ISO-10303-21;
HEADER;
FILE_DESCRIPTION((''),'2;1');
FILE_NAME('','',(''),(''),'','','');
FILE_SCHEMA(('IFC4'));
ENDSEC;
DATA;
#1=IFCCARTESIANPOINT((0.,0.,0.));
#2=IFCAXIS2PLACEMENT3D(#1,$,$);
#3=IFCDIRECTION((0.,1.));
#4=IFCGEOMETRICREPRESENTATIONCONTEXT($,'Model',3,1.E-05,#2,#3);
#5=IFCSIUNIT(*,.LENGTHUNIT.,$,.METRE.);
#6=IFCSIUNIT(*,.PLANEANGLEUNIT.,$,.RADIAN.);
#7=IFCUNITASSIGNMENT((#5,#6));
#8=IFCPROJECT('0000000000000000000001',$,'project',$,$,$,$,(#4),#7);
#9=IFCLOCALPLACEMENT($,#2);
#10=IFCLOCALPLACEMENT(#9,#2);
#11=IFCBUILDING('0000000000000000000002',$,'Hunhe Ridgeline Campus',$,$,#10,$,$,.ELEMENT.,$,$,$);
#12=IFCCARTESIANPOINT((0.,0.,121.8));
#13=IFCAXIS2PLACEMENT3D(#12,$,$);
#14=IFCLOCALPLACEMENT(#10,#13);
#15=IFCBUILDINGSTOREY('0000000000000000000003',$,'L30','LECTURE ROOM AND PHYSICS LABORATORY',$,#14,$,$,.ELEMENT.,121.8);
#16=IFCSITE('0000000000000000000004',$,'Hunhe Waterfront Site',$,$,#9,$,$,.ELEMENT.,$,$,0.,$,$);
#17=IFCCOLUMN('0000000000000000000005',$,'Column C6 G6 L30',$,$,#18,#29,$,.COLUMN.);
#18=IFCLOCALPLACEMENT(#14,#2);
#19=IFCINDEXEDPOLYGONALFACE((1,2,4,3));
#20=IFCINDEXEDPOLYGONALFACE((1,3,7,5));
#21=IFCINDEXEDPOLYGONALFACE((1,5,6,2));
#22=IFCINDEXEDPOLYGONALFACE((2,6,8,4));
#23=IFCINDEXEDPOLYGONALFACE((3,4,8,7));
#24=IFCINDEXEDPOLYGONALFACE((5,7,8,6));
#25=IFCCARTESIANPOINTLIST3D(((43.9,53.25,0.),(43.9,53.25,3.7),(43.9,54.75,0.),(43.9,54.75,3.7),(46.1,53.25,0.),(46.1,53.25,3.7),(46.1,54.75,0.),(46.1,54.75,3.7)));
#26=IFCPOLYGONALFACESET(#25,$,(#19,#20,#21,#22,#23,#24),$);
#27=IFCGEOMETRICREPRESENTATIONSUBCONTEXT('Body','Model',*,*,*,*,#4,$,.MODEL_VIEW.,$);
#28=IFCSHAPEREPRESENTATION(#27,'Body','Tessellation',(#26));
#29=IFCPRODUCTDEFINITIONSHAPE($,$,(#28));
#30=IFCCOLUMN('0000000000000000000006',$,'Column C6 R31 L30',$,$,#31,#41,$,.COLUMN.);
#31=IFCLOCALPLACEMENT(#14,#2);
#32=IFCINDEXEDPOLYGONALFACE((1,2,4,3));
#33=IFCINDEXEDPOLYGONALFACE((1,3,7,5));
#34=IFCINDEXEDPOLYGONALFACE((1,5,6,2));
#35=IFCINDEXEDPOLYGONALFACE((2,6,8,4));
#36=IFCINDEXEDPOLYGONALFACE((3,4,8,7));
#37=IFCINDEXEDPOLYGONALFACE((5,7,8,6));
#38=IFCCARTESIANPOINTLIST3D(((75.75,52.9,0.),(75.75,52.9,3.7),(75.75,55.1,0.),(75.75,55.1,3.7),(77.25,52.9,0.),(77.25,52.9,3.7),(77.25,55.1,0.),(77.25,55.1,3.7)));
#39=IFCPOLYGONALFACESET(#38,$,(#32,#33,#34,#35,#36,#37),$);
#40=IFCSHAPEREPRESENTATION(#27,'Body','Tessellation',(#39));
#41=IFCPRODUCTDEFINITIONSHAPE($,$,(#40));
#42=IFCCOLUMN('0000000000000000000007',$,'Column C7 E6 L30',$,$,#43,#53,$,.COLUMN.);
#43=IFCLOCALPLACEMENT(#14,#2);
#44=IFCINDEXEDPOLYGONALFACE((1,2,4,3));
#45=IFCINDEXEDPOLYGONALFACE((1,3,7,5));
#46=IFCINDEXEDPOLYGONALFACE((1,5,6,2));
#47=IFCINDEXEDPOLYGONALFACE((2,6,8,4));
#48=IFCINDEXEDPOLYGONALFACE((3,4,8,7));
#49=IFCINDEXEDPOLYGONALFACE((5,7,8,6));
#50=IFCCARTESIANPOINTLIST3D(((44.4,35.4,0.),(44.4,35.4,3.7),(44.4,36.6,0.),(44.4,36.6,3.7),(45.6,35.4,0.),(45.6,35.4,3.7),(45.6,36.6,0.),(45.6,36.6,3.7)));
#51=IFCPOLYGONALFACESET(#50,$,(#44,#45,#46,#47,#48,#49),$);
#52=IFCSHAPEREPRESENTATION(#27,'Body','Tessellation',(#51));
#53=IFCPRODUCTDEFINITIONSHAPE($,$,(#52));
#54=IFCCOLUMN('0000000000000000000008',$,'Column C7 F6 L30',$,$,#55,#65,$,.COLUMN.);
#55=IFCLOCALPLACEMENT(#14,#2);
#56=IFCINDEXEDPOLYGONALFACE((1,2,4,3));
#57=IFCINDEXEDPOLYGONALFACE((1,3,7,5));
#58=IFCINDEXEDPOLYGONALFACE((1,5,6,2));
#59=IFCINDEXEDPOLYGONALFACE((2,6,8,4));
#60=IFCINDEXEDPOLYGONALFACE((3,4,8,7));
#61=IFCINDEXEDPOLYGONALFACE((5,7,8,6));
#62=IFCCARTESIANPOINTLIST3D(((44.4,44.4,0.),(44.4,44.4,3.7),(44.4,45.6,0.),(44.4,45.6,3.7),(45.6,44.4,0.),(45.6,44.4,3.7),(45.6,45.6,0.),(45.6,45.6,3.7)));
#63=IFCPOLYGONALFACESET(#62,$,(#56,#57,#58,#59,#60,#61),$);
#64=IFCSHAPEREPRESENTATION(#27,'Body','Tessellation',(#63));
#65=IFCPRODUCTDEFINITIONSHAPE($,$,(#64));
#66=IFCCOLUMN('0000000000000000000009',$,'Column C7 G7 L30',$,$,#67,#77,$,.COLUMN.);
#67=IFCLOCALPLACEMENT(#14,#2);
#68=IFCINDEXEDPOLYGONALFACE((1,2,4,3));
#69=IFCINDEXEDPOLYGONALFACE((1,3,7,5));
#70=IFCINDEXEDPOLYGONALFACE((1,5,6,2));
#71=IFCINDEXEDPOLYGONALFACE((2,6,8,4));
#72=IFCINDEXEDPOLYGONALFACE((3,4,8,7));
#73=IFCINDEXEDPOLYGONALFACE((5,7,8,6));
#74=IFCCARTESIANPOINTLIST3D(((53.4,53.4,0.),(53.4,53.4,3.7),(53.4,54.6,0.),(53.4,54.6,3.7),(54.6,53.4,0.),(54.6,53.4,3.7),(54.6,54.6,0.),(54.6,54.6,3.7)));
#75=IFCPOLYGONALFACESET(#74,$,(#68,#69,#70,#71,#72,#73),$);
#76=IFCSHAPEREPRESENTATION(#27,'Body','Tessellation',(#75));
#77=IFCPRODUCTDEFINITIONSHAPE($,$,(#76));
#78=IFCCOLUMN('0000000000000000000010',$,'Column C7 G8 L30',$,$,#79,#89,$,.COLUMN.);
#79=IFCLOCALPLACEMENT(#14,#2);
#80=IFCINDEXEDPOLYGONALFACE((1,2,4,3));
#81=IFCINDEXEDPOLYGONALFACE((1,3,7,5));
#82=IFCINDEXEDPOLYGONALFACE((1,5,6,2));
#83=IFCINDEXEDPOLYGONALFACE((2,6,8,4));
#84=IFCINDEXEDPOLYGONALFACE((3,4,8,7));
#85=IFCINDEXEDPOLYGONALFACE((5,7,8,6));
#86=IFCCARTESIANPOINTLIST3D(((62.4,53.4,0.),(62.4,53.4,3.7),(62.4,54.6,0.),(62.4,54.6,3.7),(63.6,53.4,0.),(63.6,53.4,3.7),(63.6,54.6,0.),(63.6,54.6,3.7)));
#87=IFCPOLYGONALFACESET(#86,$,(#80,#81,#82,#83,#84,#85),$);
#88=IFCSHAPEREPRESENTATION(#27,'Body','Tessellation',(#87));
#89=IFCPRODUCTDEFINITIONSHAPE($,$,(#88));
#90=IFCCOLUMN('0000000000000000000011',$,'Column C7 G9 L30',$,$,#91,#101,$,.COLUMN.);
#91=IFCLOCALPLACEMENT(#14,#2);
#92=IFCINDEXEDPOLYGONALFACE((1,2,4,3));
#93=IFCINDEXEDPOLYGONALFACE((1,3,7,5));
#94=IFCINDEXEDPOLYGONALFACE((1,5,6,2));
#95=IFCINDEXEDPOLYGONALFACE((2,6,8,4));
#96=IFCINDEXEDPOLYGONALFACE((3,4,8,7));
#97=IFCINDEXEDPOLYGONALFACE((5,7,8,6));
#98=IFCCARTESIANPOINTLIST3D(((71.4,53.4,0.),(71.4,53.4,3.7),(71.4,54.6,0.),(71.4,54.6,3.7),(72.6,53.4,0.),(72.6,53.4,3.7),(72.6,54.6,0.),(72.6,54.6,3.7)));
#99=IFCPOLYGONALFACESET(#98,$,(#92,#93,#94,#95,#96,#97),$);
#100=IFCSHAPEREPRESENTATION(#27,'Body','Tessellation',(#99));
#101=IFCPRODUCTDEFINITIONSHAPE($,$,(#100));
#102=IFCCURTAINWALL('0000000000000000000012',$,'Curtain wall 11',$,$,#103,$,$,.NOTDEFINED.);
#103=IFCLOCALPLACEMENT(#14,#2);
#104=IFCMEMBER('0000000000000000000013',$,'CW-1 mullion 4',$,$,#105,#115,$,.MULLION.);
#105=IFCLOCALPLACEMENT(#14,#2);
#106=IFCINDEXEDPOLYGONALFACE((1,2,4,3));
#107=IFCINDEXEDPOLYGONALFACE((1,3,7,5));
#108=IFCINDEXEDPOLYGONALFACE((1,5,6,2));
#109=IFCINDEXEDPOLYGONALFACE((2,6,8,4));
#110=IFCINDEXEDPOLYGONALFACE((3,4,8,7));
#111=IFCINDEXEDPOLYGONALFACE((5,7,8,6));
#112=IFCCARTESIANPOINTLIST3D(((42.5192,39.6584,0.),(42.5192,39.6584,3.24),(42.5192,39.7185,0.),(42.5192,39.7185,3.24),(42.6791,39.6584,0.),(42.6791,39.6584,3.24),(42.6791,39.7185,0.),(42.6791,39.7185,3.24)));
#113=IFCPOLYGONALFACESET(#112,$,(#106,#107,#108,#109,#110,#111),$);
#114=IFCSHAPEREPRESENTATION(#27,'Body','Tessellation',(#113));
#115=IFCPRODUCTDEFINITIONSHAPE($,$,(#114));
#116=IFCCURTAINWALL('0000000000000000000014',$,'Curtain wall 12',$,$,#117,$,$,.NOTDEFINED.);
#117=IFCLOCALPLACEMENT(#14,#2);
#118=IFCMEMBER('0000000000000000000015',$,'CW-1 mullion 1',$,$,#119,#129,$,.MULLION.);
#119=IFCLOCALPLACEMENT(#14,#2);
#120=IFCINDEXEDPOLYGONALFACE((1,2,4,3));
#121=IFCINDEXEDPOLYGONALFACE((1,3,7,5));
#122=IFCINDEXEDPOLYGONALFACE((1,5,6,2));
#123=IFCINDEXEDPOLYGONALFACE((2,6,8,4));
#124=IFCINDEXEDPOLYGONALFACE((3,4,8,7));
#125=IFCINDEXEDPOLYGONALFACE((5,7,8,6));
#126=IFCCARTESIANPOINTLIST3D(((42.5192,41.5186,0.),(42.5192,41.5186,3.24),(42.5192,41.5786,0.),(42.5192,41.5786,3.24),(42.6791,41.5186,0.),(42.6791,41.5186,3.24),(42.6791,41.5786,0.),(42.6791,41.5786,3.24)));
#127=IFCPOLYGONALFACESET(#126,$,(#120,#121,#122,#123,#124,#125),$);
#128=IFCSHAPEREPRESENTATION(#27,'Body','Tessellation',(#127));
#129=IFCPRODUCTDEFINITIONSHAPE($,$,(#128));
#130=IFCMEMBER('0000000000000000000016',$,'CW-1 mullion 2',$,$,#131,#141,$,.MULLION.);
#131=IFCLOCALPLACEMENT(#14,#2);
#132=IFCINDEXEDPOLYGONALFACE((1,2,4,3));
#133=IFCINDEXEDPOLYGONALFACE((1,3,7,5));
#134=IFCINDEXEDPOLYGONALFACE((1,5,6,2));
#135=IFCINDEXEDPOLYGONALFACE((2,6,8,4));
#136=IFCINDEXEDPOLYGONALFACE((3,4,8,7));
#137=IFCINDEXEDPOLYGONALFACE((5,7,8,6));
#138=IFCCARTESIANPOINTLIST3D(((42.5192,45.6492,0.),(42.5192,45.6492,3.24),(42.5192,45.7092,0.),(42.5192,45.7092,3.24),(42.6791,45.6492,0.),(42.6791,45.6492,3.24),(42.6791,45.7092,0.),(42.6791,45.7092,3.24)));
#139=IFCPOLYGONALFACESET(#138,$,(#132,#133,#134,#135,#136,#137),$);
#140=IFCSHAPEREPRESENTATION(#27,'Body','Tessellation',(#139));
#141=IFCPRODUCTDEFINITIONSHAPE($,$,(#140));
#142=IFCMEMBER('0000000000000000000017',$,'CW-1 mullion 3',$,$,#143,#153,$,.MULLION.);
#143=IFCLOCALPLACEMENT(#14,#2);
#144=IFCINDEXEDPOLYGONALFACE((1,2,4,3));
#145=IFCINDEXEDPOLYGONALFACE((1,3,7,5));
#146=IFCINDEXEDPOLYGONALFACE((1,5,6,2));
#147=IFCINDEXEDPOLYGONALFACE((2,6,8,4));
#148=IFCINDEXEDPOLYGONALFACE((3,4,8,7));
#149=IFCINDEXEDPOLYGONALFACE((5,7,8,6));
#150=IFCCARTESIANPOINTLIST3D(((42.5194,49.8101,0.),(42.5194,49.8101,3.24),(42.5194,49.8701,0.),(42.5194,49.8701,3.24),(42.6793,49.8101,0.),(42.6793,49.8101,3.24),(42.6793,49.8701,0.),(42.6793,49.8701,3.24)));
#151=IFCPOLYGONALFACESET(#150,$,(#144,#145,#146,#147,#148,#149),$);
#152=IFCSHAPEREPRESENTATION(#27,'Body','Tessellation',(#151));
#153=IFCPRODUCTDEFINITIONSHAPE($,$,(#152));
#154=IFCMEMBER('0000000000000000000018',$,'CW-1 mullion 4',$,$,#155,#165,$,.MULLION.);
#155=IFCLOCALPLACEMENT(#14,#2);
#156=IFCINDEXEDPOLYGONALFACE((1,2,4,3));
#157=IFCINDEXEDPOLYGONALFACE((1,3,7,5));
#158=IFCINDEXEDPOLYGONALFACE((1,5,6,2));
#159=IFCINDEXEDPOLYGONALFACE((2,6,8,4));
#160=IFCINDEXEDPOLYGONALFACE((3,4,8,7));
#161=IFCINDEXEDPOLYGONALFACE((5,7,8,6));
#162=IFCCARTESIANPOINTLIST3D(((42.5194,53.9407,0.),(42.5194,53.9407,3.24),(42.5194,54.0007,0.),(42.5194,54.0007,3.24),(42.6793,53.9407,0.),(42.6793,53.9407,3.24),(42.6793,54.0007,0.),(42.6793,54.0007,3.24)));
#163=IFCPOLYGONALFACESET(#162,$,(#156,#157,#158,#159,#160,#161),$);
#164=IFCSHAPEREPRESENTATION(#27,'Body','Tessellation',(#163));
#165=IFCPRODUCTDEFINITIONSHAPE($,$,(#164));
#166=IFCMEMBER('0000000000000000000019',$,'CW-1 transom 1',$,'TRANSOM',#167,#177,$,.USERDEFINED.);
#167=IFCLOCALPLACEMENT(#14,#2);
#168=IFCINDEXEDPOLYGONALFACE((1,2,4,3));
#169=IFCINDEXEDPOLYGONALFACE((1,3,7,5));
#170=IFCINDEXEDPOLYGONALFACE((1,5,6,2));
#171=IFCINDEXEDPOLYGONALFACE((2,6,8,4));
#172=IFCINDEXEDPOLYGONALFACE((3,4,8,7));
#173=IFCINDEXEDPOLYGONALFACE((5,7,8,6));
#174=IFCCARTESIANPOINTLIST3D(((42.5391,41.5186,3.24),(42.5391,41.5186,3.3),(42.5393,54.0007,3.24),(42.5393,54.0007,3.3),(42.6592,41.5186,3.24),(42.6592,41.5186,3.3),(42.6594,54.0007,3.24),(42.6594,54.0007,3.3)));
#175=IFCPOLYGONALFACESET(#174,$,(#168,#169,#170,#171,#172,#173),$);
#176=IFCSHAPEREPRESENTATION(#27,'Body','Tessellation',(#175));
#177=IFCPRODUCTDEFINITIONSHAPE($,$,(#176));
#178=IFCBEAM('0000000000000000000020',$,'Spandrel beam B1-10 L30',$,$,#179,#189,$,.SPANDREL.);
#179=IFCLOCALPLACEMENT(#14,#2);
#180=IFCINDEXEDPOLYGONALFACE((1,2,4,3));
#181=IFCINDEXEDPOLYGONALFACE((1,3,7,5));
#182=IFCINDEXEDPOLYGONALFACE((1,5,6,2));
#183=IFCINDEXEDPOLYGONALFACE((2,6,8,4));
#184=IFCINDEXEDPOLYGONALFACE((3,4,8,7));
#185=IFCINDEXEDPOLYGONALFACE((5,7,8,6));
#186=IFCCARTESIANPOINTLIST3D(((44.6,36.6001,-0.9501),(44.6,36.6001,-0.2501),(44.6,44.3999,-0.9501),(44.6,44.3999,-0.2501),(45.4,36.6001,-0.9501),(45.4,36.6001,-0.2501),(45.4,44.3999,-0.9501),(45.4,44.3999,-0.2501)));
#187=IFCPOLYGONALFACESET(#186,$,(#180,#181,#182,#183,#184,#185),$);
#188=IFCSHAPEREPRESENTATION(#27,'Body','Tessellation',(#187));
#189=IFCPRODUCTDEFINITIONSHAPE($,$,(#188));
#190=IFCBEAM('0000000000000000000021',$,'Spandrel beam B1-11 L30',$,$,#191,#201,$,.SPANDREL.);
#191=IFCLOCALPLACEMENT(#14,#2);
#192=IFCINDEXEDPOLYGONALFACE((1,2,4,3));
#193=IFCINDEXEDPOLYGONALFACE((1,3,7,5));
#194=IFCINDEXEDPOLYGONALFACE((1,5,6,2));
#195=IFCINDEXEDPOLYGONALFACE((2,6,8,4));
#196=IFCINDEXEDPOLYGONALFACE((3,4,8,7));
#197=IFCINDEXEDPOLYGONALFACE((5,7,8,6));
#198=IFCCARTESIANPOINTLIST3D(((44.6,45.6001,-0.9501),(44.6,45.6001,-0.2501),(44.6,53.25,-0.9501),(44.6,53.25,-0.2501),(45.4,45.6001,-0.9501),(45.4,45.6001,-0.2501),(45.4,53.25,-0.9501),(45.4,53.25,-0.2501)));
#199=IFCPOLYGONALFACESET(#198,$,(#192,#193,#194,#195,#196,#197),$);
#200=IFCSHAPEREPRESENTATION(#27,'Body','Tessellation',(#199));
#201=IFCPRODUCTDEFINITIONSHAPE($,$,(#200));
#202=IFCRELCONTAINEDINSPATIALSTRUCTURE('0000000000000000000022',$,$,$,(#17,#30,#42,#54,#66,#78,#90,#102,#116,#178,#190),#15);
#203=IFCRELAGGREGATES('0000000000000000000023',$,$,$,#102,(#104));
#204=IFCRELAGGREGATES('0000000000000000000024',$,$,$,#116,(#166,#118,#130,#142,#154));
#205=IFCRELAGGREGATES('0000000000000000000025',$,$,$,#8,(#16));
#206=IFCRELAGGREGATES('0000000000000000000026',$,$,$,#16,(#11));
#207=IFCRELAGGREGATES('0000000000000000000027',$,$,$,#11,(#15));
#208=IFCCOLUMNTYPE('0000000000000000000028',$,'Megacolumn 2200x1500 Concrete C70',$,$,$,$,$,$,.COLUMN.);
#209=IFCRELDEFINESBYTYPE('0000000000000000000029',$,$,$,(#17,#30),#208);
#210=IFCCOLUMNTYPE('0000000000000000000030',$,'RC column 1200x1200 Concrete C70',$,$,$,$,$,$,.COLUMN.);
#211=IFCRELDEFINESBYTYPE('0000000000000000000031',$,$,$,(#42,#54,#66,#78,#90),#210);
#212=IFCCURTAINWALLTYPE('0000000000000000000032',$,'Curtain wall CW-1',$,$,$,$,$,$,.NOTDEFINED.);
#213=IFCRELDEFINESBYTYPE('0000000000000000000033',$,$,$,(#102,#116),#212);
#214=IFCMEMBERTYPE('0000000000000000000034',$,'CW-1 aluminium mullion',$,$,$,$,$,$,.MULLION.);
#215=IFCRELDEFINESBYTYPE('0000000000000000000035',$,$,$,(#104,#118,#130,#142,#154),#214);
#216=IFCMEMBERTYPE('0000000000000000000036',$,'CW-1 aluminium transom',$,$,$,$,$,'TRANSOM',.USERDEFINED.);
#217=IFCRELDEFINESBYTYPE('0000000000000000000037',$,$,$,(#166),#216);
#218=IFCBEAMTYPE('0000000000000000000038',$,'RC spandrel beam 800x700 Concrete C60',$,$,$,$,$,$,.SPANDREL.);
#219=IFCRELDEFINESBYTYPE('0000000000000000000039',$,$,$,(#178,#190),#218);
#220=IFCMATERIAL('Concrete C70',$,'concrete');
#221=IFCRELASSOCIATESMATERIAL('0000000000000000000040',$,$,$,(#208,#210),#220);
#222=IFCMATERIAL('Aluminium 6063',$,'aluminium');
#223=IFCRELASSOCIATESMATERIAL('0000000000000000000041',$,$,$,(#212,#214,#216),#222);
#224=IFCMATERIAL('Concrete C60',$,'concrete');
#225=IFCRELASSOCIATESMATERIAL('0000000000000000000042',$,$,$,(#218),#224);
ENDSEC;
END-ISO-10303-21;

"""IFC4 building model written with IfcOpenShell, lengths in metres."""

from ifc_helpers import new_model, si_unit, direction, frame, origin, origin_2d, place, context, subcontext, project, spatial, rectangle, extrude, material, material_profile, profile_set, type_object, element, aggregate, save


model = new_model("IFC4")

# Units and contexts
model_context = context("Model", 3, precision=1e-05, world=origin(), true_north=direction((0.0, 1.0)))
body_context = subcontext(model_context, "Body", "Model", "MODEL_VIEW")
ifc_project = project(units=[si_unit("LENGTHUNIT", "METRE"), si_unit("PLANEANGLEUNIT", "RADIAN")], contexts=[model_context])

# Site, building, storey
site_placement = place(None, origin())
site = spatial("IfcSite", under=ifc_project, at=site_placement, Name="Hunhe Waterfront Site", CompositionType="ELEMENT", RefElevation=0.0)
building_placement = place(site_placement, origin())
building = spatial("IfcBuilding", under=site, at=building_placement, Name="Hunhe Ridgeline Campus", CompositionType="ELEMENT")
storey_placement = place(building_placement, frame((0.0, 0.0, 121.8)))
storey = spatial("IfcBuildingStorey", under=building, at=storey_placement, Name="L30", Description="LECTURE ROOM AND PHYSICS LABORATORY", CompositionType="ELEMENT", Elevation=121.8)

# Columns
ifc_material_1 = material(Name="Concrete C70", Category="concrete")
ifc_material_profile_1 = material_profile(ifc_material_1, rectangle(XDim=2.2, YDim=1.5, at=origin_2d()))
ifc_profile_set_1 = profile_set([ifc_material_profile_1], Name="Concrete C70")
column_type_1 = type_object("IfcColumnType", Name="Megacolumn 2200x1500 Concrete C70", PredefinedType="COLUMN", material=ifc_profile_set_1)
for number, where, z_axis, x_axis, name in (
    (1, (45.0, 54.0, 0.0), (0.0, 0.0, 1.0), (1.0, 0.0, 0.0), "Column C6 G6 L30"),
    (2, (76.5, 54.0, 0.0), (0.0, 0.0, 1.0), (0.0, 1.0, 0.0), "Column C6 R31 L30"),
):
    element("IfcColumn", number, at=place(storey_placement, frame(where, z_axis=z_axis, x_axis=x_axis)), inside=storey, type_object=column_type_1, Name=name, PredefinedType="COLUMN", context=body_context, shape_type="SweptSolid", body=[
        extrude(rectangle(XDim=2.2, YDim=1.5, at=origin_2d()), origin(), (0.0, 0.0, 1.0), 3.7),
    ])
ifc_material_profile_2 = material_profile(ifc_material_1, rectangle(XDim=1.2, YDim=1.2, at=origin_2d()))
ifc_profile_set_2 = profile_set([ifc_material_profile_2], Name="Concrete C70")
column_type_2 = type_object("IfcColumnType", Name="RC column 1200x1200 Concrete C70", PredefinedType="COLUMN", material=ifc_profile_set_2)
for number, where, z_axis, x_axis, name in (
    (3, (45.0, 36.0, 0.0), (0.0, 0.0, 1.0), (1.0, 0.0, 0.0), "Column C7 E6 L30"),
    (4, (45.0, 45.0, 0.0), (0.0, 0.0, 1.0), (1.0, 0.0, 0.0), "Column C7 F6 L30"),
    (5, (54.0, 54.0, 0.0), (0.0, 0.0, 1.0), (1.0, 0.0, 0.0), "Column C7 G7 L30"),
    (6, (63.0, 54.0, 0.0), (0.0, 0.0, 1.0), (1.0, 0.0, 0.0), "Column C7 G8 L30"),
    (7, (72.0, 54.0, 0.0), (0.0, 0.0, 1.0), (1.0, 0.0, 0.0), "Column C7 G9 L30"),
):
    element("IfcColumn", number, at=place(storey_placement, frame(where, z_axis=z_axis, x_axis=x_axis)), inside=storey, type_object=column_type_2, Name=name, PredefinedType="COLUMN", context=body_context, shape_type="SweptSolid", body=[
        extrude(rectangle(XDim=1.2, YDim=1.2, at=origin_2d()), origin(), (0.0, 0.0, 1.0), 3.7),
    ])

# Curtain wall, member
ifc_material_2 = material(Name="Aluminium 6063", Category="aluminium")
curtain_wall_type = type_object("IfcCurtainWallType", Name="Curtain wall CW-1", PredefinedType="NOTDEFINED", material=ifc_material_2)
curtain_wall_1_placement = place(storey_placement, origin())
curtain_wall_1 = element("IfcCurtainWall", 8, at=curtain_wall_1_placement, inside=storey, type_object=curtain_wall_type, Name="Curtain wall 11", PredefinedType="NOTDEFINED")
ifc_material_profile_3 = material_profile(ifc_material_2, rectangle(XDim=0.1599, YDim=0.0601, at=origin_2d()))
ifc_profile_set_3 = profile_set([ifc_material_profile_3], Name="Aluminium 6063")
member_type_1 = type_object("IfcMemberType", Name="CW-1 aluminium mullion", PredefinedType="MULLION", material=ifc_profile_set_3)
member_1_placement = place(storey_placement, frame((42.5991, 39.6885, 0.0), z_axis=(0.0, 0.0, 1.0), x_axis=(-1.0, 0.000011, 0.0)))
member_1 = element("IfcMember", 9, at=member_1_placement, type_object=member_type_1, Name="CW-1 mullion 4", PredefinedType="MULLION", context=body_context, shape_type="SweptSolid", body=[
    extrude(rectangle(XDim=0.1599, YDim=0.0601, at=origin_2d()), origin(), (0.0, 0.0, 1.0), 3.24),
])

# Curtain wall, members
curtain_wall_2_placement = place(storey_placement, origin())
curtain_wall_2 = element("IfcCurtainWall", 10, at=curtain_wall_2_placement, inside=storey, type_object=curtain_wall_type, Name="Curtain wall 12", PredefinedType="NOTDEFINED")
member_2_placement = place(storey_placement, frame((42.5991, 41.5486, 0.0), z_axis=(0.0, 0.0, 1.0), x_axis=(-1.0, 0.000011, 0.0)))
member_2 = element("IfcMember", 11, at=member_2_placement, type_object=member_type_1, Name="CW-1 mullion 1", PredefinedType="MULLION", context=body_context, shape_type="SweptSolid", body=[
    extrude(rectangle(XDim=0.1599, YDim=0.0601, at=origin_2d()), origin(), (0.0, 0.0, 1.0), 3.24),
])
member_3_placement = place(storey_placement, frame((42.5991, 45.6792, 0.0), z_axis=(0.0, 0.0, 1.0), x_axis=(-1.0, 0.000011, 0.0)))
member_3 = element("IfcMember", 12, at=member_3_placement, type_object=member_type_1, Name="CW-1 mullion 2", PredefinedType="MULLION", context=body_context, shape_type="SweptSolid", body=[
    extrude(rectangle(XDim=0.1599, YDim=0.0601, at=origin_2d()), origin(), (0.0, 0.0, 1.0), 3.24),
])
member_4_placement = place(storey_placement, frame((42.5994, 49.8401, 0.0), z_axis=(0.0, 0.0, 1.0), x_axis=(-1.0, 0.000011, 0.0)))
member_4 = element("IfcMember", 13, at=member_4_placement, type_object=member_type_1, Name="CW-1 mullion 3", PredefinedType="MULLION", context=body_context, shape_type="SweptSolid", body=[
    extrude(rectangle(XDim=0.1599, YDim=0.0601, at=origin_2d()), origin(), (0.0, 0.0, 1.0), 3.24),
])
member_5_placement = place(storey_placement, frame((42.5994, 53.9707, 0.0), z_axis=(0.0, 0.0, 1.0), x_axis=(-1.0, 0.000011, 0.0)))
member_5 = element("IfcMember", 14, at=member_5_placement, type_object=member_type_1, Name="CW-1 mullion 4", PredefinedType="MULLION", context=body_context, shape_type="SweptSolid", body=[
    extrude(rectangle(XDim=0.1599, YDim=0.0601, at=origin_2d()), origin(), (0.0, 0.0, 1.0), 3.24),
])
ifc_material_profile_4 = material_profile(ifc_material_2, rectangle(XDim=0.1201, YDim=0.0601, at=origin_2d()))
ifc_profile_set_4 = profile_set([ifc_material_profile_4], Name="Aluminium 6063")
member_type_2 = type_object("IfcMemberType", Name="CW-1 aluminium transom", ElementType="TRANSOM", PredefinedType="USERDEFINED", material=ifc_profile_set_4)
member_6_placement = place(storey_placement, frame((42.5991, 41.5186, 3.27), z_axis=(0.00002, 1.0, 0.0), x_axis=(-1.0, 0.00002, 0.0)))
member_6 = element("IfcMember", 15, at=member_6_placement, type_object=member_type_2, Name="CW-1 transom 1", ObjectType="TRANSOM", PredefinedType="USERDEFINED", context=body_context, shape_type="SweptSolid", body=[
    extrude(rectangle(XDim=0.1201, YDim=0.0601, at=origin_2d()), origin(), (0.0, 0.0, 1.0), 12.4822),
])

# Beams
ifc_material_3 = material(Name="Concrete C60", Category="concrete")
ifc_material_profile_5 = material_profile(ifc_material_3, rectangle(XDim=0.8, YDim=0.7, at=origin_2d()))
ifc_profile_set_5 = profile_set([ifc_material_profile_5], Name="Concrete C60")
beam_type = type_object("IfcBeamType", Name="RC spandrel beam 800x700 Concrete C60", PredefinedType="SPANDREL", material=ifc_profile_set_5)
beam_1_placement = place(storey_placement, frame((45.0, 36.6001, -0.6001), z_axis=(0.0, 1.0, 0.0), x_axis=(-1.0, 0.0, 0.0)))
element("IfcBeam", 16, at=beam_1_placement, inside=storey, type_object=beam_type, Name="Spandrel beam B1-10 L30", PredefinedType="SPANDREL", context=body_context, shape_type="SweptSolid", body=[
    extrude(rectangle(XDim=0.8, YDim=0.7, at=origin_2d()), origin(), (0.0, 0.0, 1.0), 7.7998),
])
beam_2_placement = place(storey_placement, frame((45.0, 45.6001, -0.6001), z_axis=(0.0, 1.0, 0.0), x_axis=(-1.0, 0.0, 0.0)))
element("IfcBeam", 17, at=beam_2_placement, inside=storey, type_object=beam_type, Name="Spandrel beam B1-11 L30", PredefinedType="SPANDREL", context=body_context, shape_type="SweptSolid", body=[
    extrude(rectangle(XDim=0.8, YDim=0.7, at=origin_2d()), origin(), (0.0, 0.0, 1.0), 7.6499),
])

aggregate(curtain_wall_1, [member_1])
aggregate(curtain_wall_2, [member_6, member_2, member_3, member_4, member_5])

save(model, "model.ifc")
